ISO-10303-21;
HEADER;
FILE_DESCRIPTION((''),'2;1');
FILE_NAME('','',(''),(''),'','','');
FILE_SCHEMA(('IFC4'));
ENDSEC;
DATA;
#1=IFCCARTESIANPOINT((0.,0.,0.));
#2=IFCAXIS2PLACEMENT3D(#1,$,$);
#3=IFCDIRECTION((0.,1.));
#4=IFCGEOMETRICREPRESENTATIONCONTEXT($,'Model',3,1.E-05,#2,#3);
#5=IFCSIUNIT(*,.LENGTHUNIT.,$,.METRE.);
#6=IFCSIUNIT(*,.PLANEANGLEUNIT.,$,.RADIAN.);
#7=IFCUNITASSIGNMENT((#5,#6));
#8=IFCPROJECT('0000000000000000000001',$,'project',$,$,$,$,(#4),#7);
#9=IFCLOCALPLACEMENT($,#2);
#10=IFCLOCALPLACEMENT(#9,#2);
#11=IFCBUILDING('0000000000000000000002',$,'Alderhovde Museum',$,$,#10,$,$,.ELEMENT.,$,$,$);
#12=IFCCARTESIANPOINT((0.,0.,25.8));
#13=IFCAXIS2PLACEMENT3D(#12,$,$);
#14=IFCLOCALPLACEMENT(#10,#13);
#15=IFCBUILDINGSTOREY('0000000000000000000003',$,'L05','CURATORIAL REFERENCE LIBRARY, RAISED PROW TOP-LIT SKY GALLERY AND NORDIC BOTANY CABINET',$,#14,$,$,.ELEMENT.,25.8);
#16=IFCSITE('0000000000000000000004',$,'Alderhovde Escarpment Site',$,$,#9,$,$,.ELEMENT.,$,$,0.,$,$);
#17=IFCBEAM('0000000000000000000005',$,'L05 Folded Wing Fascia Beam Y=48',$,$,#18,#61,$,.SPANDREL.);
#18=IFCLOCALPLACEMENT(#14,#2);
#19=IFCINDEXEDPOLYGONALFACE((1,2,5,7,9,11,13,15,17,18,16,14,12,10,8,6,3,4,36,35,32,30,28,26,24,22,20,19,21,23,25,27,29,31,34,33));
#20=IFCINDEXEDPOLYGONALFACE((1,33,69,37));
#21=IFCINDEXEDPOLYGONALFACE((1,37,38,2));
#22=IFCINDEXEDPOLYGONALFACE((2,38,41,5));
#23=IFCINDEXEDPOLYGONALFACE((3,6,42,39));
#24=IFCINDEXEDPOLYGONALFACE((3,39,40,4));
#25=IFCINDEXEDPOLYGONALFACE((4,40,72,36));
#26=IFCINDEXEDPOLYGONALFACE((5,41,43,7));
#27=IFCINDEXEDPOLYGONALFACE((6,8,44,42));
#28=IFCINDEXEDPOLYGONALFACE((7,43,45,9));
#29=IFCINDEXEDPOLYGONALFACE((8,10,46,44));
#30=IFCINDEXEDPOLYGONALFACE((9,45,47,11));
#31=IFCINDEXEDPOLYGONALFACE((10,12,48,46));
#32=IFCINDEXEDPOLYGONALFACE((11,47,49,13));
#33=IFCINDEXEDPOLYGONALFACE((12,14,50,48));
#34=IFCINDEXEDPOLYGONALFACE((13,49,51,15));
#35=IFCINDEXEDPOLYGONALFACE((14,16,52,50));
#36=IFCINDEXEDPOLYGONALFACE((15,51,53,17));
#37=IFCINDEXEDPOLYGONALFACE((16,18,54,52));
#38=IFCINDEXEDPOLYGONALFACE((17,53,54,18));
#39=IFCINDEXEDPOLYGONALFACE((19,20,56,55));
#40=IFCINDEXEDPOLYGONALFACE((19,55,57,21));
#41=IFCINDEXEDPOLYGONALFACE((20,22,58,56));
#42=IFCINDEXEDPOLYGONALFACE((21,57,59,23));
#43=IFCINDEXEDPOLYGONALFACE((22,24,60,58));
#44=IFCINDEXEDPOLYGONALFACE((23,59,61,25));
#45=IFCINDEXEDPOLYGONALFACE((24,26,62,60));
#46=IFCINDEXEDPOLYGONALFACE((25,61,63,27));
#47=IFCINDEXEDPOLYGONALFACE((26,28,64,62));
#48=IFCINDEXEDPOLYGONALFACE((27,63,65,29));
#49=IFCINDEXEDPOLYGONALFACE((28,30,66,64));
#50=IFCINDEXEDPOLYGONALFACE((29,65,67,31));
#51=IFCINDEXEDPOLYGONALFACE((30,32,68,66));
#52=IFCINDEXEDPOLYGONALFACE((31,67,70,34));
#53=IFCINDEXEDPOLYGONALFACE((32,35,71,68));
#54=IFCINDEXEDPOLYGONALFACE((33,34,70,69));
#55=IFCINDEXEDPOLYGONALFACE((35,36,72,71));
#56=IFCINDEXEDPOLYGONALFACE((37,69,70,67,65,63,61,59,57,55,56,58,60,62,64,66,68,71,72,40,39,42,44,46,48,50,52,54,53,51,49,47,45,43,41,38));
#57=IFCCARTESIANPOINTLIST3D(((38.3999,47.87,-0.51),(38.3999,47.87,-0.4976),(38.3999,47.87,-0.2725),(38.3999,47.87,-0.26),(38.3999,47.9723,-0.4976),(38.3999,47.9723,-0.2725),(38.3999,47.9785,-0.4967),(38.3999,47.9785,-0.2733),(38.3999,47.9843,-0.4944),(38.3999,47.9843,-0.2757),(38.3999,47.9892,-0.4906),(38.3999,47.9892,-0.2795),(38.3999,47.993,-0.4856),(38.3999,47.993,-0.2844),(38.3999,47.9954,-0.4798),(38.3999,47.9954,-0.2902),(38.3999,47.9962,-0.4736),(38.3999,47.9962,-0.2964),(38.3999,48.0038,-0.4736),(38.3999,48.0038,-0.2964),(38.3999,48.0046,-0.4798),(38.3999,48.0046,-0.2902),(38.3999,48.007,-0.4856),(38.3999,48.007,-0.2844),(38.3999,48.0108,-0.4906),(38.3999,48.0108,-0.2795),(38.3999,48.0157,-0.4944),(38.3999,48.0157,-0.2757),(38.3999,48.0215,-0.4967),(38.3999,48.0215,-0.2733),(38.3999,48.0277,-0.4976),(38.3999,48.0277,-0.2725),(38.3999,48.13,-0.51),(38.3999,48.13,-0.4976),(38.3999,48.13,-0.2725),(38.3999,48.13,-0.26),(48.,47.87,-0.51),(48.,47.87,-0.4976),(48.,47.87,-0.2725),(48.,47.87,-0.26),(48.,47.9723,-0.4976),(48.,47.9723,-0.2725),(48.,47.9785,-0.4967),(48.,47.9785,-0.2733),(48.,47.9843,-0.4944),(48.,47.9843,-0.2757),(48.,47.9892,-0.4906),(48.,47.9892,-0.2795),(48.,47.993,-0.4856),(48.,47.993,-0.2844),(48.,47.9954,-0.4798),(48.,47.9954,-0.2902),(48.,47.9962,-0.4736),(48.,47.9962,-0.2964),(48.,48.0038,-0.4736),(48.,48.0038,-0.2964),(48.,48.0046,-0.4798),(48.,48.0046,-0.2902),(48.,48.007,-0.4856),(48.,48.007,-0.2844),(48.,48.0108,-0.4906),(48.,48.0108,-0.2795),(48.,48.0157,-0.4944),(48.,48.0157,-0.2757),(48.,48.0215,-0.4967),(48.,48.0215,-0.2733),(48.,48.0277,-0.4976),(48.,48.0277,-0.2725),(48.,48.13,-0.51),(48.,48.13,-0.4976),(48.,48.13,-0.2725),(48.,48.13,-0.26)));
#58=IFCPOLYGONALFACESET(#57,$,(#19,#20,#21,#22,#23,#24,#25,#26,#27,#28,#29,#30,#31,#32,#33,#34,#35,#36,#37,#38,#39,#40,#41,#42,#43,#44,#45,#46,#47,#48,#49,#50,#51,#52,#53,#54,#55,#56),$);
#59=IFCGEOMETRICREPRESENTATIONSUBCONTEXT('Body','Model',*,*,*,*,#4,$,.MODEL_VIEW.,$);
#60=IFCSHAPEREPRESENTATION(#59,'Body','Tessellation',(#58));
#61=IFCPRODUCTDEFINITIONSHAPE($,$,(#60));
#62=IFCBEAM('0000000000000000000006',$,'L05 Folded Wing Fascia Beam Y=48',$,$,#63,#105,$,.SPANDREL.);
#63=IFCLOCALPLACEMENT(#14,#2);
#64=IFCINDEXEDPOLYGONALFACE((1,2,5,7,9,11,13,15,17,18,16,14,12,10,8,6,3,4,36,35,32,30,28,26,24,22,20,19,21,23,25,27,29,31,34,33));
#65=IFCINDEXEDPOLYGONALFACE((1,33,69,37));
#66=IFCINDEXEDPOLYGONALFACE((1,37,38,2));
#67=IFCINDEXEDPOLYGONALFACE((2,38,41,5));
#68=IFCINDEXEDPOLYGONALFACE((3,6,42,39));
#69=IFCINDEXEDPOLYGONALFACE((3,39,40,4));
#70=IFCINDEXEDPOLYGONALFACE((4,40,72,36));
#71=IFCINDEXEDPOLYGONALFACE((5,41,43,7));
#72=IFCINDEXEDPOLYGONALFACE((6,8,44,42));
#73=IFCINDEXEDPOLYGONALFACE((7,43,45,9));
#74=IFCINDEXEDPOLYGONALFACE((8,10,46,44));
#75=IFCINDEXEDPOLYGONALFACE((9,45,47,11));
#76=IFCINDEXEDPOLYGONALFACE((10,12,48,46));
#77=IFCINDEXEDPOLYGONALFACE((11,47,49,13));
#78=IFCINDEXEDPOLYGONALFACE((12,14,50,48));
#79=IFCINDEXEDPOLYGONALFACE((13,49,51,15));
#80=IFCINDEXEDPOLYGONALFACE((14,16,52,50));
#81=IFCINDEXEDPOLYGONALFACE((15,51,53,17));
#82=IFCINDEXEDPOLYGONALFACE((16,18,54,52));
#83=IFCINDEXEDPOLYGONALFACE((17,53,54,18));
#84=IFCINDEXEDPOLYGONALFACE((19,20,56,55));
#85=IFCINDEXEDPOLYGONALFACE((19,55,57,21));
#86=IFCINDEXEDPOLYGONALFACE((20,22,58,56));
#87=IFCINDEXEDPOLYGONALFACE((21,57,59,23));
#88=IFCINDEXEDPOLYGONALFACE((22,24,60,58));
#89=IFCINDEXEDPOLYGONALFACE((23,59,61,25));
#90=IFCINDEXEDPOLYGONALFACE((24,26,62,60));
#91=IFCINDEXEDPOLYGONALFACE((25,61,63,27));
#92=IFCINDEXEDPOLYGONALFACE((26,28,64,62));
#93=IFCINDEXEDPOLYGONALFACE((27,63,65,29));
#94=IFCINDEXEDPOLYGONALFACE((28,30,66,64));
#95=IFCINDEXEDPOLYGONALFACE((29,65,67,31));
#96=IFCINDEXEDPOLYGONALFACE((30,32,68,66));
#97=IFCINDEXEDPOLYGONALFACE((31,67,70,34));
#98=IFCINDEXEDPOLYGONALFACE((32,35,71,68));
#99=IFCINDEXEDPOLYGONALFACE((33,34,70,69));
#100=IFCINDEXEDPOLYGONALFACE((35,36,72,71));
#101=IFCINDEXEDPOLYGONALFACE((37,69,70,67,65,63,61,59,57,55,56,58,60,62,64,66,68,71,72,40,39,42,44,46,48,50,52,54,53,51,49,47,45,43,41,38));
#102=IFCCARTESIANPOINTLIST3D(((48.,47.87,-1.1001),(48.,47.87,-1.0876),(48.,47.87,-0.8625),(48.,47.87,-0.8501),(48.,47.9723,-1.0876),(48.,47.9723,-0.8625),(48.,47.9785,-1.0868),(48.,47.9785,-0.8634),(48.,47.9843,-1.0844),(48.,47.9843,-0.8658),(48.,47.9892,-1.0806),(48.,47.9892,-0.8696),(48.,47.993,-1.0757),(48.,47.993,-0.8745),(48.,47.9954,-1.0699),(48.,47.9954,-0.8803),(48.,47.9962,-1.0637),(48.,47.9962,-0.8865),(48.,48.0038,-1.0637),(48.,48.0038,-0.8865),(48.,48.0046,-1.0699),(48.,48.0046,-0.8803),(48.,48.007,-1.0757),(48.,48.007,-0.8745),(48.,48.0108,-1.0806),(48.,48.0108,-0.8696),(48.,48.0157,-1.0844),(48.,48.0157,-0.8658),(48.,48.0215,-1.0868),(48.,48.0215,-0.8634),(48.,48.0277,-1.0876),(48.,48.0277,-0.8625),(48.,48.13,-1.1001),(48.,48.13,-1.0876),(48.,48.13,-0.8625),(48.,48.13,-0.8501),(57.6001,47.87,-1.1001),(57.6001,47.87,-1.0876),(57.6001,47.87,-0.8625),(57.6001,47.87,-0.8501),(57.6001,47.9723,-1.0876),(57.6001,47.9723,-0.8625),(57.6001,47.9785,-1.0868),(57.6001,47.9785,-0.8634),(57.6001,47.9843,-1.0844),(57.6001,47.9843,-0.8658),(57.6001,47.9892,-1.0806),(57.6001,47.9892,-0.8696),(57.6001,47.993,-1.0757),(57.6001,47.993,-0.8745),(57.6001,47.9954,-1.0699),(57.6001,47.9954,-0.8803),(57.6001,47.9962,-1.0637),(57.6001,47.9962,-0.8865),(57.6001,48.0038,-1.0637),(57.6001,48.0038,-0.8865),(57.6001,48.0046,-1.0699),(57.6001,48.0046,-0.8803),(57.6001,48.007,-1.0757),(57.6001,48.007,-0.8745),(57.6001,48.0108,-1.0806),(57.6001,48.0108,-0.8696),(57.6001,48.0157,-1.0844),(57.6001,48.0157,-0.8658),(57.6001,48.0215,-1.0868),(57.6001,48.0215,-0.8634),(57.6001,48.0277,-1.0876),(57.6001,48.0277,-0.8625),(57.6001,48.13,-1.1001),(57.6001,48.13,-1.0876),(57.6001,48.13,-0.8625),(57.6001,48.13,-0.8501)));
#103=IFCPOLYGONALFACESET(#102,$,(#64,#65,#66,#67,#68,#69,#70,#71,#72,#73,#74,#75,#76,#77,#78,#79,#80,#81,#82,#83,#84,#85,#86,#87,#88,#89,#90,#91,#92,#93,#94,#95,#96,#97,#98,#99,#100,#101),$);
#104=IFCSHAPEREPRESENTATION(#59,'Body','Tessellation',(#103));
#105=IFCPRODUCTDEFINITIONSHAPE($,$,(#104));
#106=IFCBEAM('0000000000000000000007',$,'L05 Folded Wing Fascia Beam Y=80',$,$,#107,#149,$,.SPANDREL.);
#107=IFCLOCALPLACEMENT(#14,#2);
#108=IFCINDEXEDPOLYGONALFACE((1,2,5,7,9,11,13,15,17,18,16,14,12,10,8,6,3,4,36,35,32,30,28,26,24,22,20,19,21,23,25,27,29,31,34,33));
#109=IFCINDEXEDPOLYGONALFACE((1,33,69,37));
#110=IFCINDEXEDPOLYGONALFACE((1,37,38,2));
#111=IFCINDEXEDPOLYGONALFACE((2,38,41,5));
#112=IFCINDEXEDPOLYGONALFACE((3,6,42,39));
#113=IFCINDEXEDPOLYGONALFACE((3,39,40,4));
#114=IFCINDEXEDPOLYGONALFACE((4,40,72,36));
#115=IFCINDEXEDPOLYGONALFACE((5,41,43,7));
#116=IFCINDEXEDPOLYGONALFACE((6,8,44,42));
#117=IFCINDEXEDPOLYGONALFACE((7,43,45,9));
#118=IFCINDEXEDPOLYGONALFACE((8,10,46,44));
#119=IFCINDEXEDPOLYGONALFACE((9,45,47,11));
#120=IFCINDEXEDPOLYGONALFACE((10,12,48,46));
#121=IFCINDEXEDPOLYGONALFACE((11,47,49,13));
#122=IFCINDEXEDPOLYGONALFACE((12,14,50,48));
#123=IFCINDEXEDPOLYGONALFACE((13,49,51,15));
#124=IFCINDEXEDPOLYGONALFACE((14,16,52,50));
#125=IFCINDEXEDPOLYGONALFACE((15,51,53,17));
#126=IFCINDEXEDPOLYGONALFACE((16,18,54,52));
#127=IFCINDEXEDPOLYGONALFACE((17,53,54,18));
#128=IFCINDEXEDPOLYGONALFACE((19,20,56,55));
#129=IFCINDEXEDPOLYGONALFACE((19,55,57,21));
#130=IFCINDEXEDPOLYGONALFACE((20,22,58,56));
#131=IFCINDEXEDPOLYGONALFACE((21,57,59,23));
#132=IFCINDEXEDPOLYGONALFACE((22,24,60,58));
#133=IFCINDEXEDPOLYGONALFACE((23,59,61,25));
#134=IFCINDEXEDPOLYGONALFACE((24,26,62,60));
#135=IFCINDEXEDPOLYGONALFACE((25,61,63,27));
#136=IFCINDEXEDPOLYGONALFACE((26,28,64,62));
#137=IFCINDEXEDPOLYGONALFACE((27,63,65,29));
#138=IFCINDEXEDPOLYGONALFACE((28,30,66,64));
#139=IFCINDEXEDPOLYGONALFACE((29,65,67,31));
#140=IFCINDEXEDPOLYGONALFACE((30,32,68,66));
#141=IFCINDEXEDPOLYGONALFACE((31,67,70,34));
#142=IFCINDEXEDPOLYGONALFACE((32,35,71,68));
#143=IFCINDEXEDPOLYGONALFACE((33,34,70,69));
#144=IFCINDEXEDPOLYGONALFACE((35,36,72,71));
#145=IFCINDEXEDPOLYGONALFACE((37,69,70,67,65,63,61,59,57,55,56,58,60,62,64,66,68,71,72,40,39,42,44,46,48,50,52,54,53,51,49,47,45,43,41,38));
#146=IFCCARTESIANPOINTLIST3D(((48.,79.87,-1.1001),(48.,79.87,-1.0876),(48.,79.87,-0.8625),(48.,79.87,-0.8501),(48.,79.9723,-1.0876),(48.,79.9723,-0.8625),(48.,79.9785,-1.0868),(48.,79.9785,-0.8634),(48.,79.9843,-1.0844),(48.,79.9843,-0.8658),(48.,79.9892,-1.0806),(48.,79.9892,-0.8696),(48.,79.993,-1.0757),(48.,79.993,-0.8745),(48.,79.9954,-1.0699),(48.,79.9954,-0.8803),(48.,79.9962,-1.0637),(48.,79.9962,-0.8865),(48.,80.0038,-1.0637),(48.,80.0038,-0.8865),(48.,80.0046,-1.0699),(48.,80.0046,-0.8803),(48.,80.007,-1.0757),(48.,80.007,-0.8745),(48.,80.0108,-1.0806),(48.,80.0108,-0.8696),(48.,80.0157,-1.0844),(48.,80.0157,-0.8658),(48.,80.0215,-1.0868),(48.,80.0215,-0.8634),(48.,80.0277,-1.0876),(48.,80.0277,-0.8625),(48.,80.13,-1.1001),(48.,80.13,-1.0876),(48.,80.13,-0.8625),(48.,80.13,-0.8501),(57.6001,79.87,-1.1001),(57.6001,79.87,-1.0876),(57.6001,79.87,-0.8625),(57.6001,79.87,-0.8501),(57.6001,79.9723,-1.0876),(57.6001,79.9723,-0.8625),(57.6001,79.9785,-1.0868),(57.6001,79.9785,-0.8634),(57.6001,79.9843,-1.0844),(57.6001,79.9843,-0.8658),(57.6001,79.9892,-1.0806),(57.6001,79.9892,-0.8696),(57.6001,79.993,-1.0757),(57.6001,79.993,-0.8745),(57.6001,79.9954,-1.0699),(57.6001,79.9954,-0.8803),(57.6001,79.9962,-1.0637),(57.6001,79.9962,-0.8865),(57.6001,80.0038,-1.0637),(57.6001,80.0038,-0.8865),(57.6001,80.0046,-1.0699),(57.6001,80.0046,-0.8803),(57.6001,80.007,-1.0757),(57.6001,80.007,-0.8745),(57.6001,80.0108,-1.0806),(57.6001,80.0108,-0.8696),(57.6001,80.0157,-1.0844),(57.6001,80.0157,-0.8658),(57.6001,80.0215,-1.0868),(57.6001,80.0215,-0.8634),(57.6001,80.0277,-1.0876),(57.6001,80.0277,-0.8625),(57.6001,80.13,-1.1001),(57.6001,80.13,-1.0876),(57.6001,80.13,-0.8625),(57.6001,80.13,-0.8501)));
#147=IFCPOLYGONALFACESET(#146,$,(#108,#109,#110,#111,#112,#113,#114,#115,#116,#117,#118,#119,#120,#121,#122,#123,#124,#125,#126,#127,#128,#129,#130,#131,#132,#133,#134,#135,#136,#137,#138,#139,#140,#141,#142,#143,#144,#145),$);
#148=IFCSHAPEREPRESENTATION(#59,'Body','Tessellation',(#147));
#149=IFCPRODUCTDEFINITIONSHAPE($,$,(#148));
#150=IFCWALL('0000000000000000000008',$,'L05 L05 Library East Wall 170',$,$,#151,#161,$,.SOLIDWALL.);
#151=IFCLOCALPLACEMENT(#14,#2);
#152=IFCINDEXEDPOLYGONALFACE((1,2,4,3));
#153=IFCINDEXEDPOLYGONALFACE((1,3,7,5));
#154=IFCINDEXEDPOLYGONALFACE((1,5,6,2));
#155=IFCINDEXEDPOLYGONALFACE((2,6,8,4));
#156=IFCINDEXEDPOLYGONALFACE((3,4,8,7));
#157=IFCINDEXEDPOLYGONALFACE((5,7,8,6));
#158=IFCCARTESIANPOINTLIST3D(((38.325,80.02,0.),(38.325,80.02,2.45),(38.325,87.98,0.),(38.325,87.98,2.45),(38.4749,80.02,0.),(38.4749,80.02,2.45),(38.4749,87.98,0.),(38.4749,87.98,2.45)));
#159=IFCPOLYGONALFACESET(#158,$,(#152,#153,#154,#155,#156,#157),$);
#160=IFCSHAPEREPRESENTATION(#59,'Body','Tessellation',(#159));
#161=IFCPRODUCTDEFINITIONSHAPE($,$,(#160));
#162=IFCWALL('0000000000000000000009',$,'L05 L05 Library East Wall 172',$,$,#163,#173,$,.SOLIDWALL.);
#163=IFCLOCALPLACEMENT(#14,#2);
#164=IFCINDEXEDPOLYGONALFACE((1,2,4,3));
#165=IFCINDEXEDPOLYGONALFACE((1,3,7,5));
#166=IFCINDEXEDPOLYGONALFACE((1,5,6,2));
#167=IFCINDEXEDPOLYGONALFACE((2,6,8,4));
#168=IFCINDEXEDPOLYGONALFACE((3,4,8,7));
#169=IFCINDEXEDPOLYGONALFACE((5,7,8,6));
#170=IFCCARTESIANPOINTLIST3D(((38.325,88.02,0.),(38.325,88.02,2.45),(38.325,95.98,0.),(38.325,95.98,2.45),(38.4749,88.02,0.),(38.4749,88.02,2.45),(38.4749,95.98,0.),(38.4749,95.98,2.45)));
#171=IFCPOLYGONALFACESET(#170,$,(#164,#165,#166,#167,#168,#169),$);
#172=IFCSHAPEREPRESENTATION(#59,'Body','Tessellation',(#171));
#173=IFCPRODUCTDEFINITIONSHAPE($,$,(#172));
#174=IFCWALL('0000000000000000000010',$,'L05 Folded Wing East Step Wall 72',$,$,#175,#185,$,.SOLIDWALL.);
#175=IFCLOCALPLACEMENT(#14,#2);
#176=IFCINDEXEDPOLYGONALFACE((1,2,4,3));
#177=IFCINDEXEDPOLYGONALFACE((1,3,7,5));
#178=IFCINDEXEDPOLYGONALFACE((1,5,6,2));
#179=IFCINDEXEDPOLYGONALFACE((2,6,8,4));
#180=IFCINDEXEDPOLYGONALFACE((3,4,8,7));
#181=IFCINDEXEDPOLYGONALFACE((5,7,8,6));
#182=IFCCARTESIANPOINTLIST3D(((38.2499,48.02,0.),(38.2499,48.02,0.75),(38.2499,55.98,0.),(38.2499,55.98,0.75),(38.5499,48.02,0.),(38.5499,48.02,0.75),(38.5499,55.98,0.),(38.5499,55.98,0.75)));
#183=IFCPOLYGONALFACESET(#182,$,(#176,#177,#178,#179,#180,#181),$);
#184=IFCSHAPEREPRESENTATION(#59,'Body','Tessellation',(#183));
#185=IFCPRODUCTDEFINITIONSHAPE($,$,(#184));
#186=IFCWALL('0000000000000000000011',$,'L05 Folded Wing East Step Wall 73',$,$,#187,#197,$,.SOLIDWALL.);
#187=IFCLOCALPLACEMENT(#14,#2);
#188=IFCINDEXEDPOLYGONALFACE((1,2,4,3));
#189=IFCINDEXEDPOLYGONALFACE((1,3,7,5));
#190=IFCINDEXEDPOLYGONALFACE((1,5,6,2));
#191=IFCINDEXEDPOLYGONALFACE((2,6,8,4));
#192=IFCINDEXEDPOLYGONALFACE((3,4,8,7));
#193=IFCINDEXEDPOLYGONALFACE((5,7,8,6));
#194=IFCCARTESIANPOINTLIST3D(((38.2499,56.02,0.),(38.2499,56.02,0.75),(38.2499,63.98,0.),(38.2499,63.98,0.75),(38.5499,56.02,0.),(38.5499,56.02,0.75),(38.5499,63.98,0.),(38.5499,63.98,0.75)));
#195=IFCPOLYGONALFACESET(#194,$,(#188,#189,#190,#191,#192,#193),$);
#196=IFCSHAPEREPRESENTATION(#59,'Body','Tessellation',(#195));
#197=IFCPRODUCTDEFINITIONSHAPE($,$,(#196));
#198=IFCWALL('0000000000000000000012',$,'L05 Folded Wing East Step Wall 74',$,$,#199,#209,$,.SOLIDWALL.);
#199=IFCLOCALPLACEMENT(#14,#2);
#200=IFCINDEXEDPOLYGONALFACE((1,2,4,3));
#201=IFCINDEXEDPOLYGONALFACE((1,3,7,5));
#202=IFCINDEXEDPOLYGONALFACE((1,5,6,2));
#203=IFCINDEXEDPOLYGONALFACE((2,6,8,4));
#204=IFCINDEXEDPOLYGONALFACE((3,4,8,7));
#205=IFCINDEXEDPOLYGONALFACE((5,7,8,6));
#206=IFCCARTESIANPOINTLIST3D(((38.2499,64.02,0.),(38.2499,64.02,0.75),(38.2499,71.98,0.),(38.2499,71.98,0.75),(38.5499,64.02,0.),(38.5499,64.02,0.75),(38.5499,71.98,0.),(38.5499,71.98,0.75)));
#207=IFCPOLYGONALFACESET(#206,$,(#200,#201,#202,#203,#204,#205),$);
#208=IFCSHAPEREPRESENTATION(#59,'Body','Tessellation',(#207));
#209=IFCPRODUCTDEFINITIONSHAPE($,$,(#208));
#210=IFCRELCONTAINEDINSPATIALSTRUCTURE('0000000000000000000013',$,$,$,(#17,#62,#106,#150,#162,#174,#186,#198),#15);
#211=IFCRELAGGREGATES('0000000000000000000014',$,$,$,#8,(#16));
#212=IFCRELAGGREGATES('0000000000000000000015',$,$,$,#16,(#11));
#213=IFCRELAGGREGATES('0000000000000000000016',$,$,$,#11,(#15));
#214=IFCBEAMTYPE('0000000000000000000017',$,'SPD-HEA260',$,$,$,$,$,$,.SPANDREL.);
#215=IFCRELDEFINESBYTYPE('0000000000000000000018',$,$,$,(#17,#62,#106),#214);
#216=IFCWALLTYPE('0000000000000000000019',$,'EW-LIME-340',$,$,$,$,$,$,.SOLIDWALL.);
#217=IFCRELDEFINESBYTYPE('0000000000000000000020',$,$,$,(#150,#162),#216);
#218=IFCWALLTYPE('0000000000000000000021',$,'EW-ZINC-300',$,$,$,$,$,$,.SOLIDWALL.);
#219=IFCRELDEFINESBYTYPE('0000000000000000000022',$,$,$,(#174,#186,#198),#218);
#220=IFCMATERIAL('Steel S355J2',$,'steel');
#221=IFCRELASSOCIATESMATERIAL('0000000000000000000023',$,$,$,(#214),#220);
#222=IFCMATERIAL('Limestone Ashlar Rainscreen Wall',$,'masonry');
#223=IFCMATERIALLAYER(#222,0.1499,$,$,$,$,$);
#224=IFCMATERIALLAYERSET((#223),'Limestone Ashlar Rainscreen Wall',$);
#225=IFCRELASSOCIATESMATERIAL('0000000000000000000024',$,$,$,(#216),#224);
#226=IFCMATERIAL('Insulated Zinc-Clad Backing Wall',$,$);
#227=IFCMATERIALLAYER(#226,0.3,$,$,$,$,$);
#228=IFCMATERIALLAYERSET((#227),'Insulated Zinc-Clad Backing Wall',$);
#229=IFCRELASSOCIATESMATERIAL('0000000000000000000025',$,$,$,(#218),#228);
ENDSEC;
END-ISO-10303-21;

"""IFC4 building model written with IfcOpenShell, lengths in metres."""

from ifc_helpers import new_model, si_unit, direction, frame, frame_2d, origin, origin_2d, place, context, subcontext, project, spatial, rectangle, i_section, extrude, material, layer, layer_set, material_profile, profile_set, type_object, element, save


model = new_model("IFC4")

# Units and contexts
model_context = context("Model", 3, precision=1e-05, world=origin(), true_north=direction((0.0, 1.0)))
body_context = subcontext(model_context, "Body", "Model", "MODEL_VIEW")
ifc_project = project(units=[si_unit("LENGTHUNIT", "METRE"), si_unit("PLANEANGLEUNIT", "RADIAN")], contexts=[model_context])

# Site, building, storey
site_placement = place(None, origin())
site = spatial("IfcSite", under=ifc_project, at=site_placement, Name="Alderhovde Escarpment Site", CompositionType="ELEMENT", RefElevation=0.0)
building_placement = place(site_placement, origin())
building = spatial("IfcBuilding", under=site, at=building_placement, Name="Alderhovde Museum", CompositionType="ELEMENT")
storey_placement = place(building_placement, frame((0.0, 0.0, 25.8)))
storey = spatial("IfcBuildingStorey", under=building, at=storey_placement, Name="L05", Description="CURATORIAL REFERENCE LIBRARY, RAISED PROW TOP-LIT SKY GALLERY AND NORDIC BOTANY CABINET", CompositionType="ELEMENT", Elevation=25.8)

# Beams
ifc_material_1 = material(Name="Steel S355J2", Category="steel")
ifc_material_profile_1 = material_profile(ifc_material_1, i_section(OverallWidth=0.26, OverallDepth=0.25, WebThickness=0.0076, FlangeThickness=0.0125, FilletRadius=0.0239, at=origin_2d()), Name="HEA 260")
ifc_profile_set_1 = profile_set([ifc_material_profile_1], Name="Steel S355J2")
beam_type_1 = type_object("IfcBeamType", Name="SPD-HEA260", PredefinedType="SPANDREL", material=ifc_profile_set_1)
for number, where, z_axis, x_axis, name in (
    (1, (38.3999, 48.0, -0.385), (1.0, 0.0, 0.0), (0.0, 1.0, 0.0), "L05 Folded Wing Fascia Beam Y=48"),
    (2, (48.0, 48.0, -0.9751), (1.0, 0.0, 0.0), (0.0, 1.0, 0.0), "L05 Folded Wing Fascia Beam Y=48"),
    (3, (48.0, 80.0, -0.9751), (1.0, 0.0, 0.0), (0.0, 1.0, 0.0), "L05 Folded Wing Fascia Beam Y=80"),
):
    element("IfcBeam", number, at=place(storey_placement, frame(where, z_axis=z_axis, x_axis=x_axis)), inside=storey, type_object=beam_type_1, Name=name, PredefinedType="SPANDREL", context=body_context, shape_type="SweptSolid", body=[
        extrude(i_section(OverallWidth=0.26, OverallDepth=0.25, WebThickness=0.0076, FlangeThickness=0.0125, FilletRadius=0.0239, at=origin_2d()), origin(), (0.0, 0.0, 1.0), 9.6001),
    ])

# Walls
ifc_material_2 = material(Name="Limestone Ashlar Rainscreen Wall", Category="masonry")
ifc_layer_1 = layer(ifc_material_2, 0.1499)
ifc_layer_set_1 = layer_set([ifc_layer_1], Name="Limestone Ashlar Rainscreen Wall")
wall_type_1 = type_object("IfcWallType", Name="EW-LIME-340", PredefinedType="SOLIDWALL", material=ifc_layer_set_1)
for number, where, z_axis, x_axis, name in (
    (4, (38.3999, 80.02, 0.0), (0.0, 0.0, 1.0), (0.0, 1.0, 0.0), "L05 L05 Library East Wall 170"),
    (5, (38.3999, 88.02, 0.0), (0.0, 0.0, 1.0), (0.0, 1.0, 0.0), "L05 L05 Library East Wall 172"),
):
    element("IfcWall", number, at=place(storey_placement, frame(where, z_axis=z_axis, x_axis=x_axis)), inside=storey, type_object=wall_type_1, Name=name, PredefinedType="SOLIDWALL", context=body_context, shape_type="SweptSolid", body=[
        extrude(rectangle(XDim=7.96, YDim=0.1499, at=frame_2d((3.98, 0.0))), origin(), (0.0, 0.0, 1.0), 2.45),
    ])
ifc_material_3 = material(Name="Insulated Zinc-Clad Backing Wall")
ifc_layer_2 = layer(ifc_material_3, 0.3)
ifc_layer_set_2 = layer_set([ifc_layer_2], Name="Insulated Zinc-Clad Backing Wall")
wall_type_2 = type_object("IfcWallType", Name="EW-ZINC-300", PredefinedType="SOLIDWALL", material=ifc_layer_set_2)
for number, where, z_axis, x_axis, name in (
    (6, (38.3999, 48.02, 0.0), (0.0, 0.0, 1.0), (0.0, 1.0, 0.0), "L05 Folded Wing East Step Wall 72"),
    (7, (38.3999, 56.02, 0.0), (0.0, 0.0, 1.0), (0.0, 1.0, 0.0), "L05 Folded Wing East Step Wall 73"),
    (8, (38.3999, 64.02, 0.0), (0.0, 0.0, 1.0), (0.0, 1.0, 0.0), "L05 Folded Wing East Step Wall 74"),
):
    element("IfcWall", number, at=place(storey_placement, frame(where, z_axis=z_axis, x_axis=x_axis)), inside=storey, type_object=wall_type_2, Name=name, PredefinedType="SOLIDWALL", context=body_context, shape_type="SweptSolid", body=[
        extrude(rectangle(XDim=7.96, YDim=0.3, at=frame_2d((3.98, 0.0))), origin(), (0.0, 0.0, 1.0), 0.75),
    ])

save(model, "model.ifc")
